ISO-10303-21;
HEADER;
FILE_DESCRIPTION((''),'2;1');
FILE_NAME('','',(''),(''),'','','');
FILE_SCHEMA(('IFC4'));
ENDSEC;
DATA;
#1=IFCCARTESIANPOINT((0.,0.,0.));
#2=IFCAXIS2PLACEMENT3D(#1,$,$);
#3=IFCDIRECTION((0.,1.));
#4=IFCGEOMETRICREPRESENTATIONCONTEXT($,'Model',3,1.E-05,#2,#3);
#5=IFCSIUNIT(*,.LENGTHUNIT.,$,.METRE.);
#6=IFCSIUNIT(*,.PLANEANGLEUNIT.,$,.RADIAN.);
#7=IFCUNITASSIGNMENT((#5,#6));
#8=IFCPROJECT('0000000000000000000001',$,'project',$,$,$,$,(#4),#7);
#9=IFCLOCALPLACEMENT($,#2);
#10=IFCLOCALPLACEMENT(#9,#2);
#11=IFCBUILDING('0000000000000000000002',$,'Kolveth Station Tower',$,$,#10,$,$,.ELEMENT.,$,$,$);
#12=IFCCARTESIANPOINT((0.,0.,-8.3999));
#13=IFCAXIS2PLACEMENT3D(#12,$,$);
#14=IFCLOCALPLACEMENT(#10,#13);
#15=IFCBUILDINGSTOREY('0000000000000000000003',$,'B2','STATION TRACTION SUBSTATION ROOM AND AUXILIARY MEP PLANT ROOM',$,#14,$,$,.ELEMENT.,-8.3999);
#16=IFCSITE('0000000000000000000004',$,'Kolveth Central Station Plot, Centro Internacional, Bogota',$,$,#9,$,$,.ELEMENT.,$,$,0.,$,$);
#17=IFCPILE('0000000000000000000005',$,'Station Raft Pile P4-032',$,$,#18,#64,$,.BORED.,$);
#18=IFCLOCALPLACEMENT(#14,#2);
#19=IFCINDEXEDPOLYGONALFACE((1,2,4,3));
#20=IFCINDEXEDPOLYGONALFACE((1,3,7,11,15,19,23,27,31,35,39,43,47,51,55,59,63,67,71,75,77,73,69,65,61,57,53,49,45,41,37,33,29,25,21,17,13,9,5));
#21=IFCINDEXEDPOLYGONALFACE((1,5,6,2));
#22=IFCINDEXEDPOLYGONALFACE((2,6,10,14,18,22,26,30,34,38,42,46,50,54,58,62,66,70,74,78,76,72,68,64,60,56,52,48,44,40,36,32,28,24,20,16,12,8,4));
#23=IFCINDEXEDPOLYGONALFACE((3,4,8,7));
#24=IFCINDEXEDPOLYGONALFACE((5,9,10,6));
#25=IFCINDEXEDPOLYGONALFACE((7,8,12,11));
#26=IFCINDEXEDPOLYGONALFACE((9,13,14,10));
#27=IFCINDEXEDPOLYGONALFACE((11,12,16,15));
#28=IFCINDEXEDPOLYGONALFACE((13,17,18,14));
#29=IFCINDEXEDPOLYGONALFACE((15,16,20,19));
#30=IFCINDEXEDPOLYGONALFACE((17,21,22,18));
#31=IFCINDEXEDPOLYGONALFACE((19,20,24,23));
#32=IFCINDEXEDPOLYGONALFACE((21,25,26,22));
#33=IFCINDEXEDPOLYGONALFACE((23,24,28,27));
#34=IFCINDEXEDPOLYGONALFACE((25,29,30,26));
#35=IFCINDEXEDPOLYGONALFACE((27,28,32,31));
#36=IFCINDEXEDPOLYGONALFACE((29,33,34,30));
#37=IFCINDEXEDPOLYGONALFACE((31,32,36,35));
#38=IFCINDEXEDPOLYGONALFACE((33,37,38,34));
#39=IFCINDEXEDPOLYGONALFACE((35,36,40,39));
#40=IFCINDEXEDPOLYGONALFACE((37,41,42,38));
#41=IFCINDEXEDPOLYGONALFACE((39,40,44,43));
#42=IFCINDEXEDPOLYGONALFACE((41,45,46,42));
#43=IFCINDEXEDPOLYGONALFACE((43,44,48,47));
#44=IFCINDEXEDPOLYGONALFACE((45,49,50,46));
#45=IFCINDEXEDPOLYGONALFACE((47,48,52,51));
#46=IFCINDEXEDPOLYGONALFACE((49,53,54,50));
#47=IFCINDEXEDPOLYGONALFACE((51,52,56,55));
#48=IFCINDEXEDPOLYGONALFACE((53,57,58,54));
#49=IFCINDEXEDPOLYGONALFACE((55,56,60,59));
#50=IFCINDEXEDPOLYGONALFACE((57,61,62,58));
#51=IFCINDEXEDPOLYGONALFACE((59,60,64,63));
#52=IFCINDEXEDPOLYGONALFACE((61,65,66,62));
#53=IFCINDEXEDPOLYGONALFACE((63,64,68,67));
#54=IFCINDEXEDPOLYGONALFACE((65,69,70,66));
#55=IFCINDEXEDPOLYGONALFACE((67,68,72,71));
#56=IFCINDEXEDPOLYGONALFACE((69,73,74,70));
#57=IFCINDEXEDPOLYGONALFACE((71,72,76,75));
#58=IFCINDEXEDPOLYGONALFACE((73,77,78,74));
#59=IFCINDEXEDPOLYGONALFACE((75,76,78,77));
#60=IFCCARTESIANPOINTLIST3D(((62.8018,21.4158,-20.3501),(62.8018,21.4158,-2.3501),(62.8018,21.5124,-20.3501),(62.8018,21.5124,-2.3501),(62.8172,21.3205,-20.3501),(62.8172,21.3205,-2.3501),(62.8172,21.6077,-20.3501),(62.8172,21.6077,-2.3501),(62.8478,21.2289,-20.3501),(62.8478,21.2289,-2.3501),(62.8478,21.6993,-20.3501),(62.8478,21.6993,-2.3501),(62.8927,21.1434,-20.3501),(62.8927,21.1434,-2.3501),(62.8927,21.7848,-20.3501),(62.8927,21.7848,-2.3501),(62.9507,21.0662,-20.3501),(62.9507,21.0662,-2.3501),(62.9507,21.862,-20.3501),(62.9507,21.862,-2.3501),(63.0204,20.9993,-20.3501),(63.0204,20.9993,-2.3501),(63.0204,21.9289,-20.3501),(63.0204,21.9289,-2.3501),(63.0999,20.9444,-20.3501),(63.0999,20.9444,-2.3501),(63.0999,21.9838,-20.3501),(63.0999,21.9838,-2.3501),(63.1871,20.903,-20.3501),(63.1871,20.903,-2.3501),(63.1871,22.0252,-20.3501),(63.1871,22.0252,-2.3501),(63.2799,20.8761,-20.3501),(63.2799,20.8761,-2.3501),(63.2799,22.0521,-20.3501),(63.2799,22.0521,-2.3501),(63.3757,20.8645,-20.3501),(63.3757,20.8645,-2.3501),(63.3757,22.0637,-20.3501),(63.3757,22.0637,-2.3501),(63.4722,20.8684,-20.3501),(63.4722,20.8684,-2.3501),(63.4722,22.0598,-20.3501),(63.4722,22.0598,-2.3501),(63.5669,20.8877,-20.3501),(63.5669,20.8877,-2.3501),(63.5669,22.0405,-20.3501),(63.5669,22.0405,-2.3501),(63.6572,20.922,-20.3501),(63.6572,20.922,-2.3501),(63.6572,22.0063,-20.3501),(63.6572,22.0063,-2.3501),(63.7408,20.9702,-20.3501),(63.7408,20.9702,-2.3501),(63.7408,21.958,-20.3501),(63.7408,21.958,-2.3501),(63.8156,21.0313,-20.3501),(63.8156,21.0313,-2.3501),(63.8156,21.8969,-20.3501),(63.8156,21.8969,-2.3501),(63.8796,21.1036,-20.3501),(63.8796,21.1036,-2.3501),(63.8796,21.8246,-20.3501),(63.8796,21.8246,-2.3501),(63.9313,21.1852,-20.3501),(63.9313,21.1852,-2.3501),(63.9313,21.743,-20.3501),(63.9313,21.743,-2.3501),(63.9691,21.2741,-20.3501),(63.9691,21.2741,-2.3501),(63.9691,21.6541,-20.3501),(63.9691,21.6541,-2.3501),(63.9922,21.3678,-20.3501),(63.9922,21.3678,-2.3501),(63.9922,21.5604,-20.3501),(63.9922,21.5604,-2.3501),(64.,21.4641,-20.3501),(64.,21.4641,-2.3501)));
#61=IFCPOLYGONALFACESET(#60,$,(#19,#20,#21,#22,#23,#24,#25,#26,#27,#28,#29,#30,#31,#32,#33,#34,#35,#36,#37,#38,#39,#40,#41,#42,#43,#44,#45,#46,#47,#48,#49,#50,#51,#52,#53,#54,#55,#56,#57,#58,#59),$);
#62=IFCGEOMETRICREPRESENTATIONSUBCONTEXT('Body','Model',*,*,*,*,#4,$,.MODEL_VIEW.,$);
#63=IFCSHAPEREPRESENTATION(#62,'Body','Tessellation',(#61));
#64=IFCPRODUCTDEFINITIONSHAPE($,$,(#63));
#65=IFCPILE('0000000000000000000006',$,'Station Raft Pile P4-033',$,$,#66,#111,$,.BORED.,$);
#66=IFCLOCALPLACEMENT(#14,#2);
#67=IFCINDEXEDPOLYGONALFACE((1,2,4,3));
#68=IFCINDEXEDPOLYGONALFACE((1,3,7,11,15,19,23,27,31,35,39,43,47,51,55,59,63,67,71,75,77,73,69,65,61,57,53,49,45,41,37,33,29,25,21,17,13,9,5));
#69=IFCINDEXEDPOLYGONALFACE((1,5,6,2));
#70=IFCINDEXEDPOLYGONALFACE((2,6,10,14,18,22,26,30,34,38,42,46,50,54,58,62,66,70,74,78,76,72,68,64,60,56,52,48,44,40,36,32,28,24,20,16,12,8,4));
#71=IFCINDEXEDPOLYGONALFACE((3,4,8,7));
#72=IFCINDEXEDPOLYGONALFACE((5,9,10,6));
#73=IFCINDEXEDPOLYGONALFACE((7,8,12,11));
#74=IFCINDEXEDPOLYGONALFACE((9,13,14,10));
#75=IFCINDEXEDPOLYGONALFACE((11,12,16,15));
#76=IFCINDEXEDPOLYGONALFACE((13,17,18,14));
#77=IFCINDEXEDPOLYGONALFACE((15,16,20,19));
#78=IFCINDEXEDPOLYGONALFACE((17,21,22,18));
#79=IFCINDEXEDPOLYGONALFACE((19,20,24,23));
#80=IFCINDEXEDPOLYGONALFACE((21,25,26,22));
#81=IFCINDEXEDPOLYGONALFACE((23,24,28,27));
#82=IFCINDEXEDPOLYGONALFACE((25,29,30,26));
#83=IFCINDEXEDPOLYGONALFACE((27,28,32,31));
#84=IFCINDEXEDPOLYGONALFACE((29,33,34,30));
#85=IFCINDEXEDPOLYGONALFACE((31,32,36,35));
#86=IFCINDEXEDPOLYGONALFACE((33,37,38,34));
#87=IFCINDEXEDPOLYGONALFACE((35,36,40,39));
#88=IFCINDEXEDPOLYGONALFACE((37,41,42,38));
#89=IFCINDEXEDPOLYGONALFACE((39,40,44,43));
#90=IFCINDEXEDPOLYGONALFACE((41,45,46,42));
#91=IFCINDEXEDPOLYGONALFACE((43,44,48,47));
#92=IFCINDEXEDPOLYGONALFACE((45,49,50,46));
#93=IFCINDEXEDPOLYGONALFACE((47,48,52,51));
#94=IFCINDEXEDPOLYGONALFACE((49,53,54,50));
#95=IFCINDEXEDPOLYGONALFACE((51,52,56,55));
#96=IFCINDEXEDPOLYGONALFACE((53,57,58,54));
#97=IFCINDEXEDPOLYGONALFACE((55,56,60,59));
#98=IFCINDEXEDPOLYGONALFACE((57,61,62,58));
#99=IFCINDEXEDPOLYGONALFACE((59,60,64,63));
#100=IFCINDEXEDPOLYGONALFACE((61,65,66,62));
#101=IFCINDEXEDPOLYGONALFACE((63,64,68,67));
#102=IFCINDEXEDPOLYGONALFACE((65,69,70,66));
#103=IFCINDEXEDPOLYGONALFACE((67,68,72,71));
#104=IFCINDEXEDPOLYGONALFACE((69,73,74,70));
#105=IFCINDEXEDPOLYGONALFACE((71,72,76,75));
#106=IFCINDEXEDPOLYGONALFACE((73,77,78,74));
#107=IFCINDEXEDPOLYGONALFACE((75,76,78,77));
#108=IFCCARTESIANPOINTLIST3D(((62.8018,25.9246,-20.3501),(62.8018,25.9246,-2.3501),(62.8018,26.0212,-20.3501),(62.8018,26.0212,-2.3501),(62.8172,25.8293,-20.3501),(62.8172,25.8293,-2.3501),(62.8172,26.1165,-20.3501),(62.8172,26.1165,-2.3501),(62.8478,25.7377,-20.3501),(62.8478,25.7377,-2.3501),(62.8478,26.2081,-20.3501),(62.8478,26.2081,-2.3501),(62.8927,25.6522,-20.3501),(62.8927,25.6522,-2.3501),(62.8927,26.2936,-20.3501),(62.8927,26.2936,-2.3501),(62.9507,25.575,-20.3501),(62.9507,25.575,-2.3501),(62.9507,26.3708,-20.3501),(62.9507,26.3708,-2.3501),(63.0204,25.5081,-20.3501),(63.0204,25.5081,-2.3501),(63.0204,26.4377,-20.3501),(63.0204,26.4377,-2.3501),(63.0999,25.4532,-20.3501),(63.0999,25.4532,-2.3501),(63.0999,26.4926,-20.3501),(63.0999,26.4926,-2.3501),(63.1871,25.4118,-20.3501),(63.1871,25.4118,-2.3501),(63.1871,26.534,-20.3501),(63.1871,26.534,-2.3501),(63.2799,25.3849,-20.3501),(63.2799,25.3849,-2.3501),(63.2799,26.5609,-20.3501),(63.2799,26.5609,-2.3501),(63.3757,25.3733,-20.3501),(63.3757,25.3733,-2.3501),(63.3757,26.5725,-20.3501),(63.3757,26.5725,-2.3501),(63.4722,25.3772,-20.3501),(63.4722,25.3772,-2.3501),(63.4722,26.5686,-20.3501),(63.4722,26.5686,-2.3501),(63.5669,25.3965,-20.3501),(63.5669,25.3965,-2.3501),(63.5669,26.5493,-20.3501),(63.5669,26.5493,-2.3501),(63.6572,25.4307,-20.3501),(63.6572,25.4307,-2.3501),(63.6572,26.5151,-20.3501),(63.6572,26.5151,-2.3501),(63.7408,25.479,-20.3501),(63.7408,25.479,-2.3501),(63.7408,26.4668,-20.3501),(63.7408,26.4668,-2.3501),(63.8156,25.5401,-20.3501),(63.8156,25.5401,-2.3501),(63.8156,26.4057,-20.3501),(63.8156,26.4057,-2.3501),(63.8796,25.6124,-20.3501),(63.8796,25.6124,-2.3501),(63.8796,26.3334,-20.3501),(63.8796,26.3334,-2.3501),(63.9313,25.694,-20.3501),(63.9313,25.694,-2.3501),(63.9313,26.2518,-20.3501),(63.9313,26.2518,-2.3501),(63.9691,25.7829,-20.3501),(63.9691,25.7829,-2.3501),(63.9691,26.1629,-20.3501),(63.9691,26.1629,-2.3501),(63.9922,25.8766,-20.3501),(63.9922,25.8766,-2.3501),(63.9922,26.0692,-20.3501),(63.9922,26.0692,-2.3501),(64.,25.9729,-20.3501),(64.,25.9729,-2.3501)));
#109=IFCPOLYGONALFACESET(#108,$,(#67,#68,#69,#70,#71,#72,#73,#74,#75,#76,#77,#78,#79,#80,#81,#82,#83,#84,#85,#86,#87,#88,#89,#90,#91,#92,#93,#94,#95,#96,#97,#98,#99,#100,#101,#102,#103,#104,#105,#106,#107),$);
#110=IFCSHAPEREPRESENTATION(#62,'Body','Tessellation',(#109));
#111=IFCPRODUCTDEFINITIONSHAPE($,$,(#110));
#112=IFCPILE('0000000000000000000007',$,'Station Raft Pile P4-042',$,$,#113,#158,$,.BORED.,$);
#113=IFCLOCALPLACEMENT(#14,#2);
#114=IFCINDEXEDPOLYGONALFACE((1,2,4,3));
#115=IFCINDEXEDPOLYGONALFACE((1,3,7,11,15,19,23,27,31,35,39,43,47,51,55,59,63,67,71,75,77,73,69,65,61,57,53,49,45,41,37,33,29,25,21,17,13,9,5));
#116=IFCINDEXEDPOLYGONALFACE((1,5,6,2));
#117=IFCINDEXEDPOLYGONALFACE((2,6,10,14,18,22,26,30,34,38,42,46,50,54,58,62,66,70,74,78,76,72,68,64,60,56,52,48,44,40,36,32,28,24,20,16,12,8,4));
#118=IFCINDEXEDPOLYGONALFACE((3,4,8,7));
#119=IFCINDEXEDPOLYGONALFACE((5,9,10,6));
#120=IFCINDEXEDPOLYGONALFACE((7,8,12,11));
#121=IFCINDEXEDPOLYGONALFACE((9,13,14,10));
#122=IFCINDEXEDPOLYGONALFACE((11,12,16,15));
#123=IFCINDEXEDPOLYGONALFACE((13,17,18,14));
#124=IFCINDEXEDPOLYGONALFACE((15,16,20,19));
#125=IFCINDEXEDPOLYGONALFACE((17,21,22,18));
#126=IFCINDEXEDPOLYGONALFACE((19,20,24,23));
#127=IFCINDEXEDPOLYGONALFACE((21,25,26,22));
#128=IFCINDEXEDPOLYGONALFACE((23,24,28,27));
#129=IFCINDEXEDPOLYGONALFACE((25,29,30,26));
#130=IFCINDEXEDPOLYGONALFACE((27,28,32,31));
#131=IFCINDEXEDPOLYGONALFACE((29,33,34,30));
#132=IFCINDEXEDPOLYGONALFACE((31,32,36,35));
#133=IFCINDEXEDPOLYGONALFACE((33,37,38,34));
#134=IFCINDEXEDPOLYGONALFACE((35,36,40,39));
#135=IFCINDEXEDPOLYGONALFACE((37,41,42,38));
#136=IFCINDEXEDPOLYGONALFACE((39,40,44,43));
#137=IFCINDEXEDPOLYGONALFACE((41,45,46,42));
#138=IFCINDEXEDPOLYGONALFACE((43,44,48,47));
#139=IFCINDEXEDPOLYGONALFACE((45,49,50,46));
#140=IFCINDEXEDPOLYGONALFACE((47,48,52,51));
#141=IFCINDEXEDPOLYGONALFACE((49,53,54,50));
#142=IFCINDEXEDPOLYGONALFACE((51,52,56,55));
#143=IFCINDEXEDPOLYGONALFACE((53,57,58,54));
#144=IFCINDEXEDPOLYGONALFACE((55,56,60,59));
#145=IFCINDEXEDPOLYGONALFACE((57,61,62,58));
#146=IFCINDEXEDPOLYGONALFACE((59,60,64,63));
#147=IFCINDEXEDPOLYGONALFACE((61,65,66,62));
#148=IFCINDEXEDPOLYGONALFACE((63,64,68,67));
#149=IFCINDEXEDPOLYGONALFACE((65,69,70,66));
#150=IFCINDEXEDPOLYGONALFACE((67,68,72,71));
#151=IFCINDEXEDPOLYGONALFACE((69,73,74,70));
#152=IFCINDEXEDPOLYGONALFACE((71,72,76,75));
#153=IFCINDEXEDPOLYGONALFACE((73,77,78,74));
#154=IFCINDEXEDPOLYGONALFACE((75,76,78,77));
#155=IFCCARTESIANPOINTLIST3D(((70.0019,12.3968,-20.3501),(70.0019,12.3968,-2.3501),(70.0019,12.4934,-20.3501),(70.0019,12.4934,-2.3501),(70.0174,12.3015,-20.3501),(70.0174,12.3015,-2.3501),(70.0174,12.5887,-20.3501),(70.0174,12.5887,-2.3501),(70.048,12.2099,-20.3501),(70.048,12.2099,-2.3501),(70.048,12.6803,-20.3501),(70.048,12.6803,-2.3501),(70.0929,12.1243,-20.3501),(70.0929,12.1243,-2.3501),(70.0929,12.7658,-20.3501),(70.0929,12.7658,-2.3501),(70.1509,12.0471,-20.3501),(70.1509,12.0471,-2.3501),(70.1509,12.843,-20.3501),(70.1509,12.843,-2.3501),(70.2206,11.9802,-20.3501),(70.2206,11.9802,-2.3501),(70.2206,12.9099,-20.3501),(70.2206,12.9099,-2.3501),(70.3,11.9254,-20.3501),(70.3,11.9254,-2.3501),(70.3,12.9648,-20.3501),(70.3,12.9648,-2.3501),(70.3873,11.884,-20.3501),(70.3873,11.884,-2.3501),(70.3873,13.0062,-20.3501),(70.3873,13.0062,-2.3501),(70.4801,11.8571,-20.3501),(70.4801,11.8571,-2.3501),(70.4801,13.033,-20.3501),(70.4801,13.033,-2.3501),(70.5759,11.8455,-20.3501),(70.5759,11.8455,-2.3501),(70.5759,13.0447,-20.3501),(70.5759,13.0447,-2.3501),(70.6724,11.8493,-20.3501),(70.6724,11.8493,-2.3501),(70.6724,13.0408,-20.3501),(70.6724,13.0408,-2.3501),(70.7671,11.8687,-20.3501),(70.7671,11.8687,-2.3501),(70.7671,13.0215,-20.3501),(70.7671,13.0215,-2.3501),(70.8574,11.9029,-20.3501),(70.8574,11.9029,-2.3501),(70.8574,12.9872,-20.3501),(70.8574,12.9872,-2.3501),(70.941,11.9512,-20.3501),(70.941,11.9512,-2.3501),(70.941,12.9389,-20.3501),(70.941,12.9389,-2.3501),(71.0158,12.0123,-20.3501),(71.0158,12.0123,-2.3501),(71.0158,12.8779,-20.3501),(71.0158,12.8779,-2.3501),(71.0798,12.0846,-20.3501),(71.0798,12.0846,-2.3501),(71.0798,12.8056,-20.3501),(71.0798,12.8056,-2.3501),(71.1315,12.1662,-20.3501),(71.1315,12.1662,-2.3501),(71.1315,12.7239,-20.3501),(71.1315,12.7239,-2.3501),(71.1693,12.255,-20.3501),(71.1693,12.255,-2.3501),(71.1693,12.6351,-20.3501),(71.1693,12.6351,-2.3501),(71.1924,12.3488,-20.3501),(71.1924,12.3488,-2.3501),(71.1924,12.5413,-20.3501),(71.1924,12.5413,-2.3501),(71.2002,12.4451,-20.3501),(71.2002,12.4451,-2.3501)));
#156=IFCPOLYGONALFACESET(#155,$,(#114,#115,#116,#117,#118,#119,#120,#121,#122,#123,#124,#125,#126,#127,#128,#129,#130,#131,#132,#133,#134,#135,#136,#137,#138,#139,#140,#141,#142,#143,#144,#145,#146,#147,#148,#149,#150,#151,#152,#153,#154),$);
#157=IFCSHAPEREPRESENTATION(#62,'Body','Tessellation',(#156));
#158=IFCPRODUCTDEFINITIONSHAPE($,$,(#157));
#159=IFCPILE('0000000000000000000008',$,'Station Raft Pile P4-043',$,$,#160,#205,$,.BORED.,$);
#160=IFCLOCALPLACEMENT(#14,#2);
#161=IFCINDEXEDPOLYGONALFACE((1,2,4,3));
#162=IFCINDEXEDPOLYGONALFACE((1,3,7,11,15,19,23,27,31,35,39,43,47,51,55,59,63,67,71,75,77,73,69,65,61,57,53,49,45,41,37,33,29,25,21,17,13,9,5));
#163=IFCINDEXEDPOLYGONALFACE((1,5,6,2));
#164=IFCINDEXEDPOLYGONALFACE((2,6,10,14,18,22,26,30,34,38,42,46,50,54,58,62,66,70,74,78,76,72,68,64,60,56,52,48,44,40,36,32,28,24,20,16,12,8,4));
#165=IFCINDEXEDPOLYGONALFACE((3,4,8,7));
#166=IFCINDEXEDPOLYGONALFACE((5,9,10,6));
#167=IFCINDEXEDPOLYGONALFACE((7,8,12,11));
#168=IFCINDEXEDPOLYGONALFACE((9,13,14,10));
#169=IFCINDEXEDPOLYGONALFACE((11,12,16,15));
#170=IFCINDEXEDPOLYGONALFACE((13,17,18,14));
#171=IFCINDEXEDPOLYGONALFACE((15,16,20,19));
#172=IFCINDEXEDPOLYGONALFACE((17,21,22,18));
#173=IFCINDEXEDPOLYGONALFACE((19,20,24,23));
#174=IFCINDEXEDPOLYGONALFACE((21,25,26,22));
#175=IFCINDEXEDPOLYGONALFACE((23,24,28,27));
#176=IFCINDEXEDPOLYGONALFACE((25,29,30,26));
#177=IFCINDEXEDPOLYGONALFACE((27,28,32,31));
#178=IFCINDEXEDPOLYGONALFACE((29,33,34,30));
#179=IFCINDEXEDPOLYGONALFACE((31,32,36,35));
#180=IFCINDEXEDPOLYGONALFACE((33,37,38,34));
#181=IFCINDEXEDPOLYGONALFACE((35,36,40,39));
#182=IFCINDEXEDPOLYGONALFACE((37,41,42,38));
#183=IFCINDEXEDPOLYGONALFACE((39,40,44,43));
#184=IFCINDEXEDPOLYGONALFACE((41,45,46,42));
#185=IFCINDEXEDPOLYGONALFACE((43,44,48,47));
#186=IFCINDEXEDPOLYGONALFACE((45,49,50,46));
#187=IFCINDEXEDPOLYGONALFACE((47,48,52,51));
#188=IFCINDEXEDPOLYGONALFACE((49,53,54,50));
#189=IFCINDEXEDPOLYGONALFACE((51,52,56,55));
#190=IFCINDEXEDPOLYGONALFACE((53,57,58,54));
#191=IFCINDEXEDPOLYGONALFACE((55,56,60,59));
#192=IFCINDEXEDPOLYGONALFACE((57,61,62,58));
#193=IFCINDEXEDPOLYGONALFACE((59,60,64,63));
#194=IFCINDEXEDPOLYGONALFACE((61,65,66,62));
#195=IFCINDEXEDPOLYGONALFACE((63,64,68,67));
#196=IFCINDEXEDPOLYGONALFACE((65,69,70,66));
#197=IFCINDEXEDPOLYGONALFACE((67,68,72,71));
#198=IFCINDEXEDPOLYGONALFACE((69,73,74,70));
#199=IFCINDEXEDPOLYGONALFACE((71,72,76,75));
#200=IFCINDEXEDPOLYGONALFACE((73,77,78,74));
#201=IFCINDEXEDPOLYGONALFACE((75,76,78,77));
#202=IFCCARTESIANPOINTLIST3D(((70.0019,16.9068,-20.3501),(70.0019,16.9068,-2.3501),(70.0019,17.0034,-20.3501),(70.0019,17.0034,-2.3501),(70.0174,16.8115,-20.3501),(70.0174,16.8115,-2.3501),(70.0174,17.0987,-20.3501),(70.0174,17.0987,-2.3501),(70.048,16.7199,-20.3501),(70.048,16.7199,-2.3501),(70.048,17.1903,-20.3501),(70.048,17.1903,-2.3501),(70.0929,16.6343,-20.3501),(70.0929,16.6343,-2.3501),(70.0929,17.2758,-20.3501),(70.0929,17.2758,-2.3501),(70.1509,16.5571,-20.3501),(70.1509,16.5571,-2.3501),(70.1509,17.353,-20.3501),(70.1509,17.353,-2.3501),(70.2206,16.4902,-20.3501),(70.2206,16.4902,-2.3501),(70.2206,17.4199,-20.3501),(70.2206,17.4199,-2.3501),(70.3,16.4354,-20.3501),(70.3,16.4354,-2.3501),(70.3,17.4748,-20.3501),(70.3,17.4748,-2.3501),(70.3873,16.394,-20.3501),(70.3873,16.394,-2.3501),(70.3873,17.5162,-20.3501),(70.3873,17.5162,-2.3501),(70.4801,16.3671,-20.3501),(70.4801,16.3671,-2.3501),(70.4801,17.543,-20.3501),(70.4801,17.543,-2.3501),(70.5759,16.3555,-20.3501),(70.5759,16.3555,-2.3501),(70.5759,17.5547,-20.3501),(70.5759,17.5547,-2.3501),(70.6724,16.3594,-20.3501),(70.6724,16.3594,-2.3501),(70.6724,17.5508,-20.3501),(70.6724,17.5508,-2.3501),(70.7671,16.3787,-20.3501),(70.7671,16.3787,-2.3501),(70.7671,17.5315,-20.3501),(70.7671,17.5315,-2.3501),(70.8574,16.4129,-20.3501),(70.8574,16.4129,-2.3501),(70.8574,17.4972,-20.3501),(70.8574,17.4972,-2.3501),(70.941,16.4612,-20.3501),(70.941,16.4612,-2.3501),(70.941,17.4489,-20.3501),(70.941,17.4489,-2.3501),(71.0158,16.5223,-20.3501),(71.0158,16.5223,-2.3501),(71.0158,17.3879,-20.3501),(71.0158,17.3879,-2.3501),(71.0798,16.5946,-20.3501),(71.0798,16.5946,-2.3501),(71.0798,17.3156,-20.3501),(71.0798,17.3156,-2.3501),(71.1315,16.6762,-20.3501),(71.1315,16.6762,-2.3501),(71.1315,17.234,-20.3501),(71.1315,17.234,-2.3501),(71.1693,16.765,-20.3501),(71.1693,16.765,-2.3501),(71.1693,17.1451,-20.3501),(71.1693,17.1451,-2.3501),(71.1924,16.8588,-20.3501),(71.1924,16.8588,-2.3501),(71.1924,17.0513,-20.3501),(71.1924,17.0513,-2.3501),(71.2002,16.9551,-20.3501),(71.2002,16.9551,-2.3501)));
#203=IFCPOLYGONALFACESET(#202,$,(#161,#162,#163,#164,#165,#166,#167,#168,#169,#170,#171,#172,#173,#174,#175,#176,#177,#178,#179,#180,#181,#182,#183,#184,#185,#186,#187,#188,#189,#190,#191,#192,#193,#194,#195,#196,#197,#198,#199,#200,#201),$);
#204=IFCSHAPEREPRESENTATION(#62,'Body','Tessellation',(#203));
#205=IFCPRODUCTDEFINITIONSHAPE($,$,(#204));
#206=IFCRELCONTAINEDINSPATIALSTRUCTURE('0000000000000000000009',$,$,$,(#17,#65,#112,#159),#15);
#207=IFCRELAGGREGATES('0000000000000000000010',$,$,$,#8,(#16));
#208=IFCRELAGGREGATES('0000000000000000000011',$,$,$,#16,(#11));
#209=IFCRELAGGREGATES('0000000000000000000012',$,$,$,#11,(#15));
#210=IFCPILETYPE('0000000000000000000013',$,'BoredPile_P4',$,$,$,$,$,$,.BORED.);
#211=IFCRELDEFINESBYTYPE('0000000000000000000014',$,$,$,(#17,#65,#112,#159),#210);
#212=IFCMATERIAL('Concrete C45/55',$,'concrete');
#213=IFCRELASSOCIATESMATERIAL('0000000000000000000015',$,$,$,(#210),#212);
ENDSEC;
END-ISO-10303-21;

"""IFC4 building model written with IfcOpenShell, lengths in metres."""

from ifc_helpers import new_model, si_unit, direction, frame, origin, origin_2d, place, context, subcontext, project, spatial, circle, extrude, source, transform, mapped, material, material_profile, profile_set, type_object, element, save


model = new_model("IFC4")

# Units and contexts
model_context = context("Model", 3, precision=1e-05, world=origin(), true_north=direction((0.0, 1.0)))
body_context = subcontext(model_context, "Body", "Model", "MODEL_VIEW")
ifc_project = project(units=[si_unit("LENGTHUNIT", "METRE"), si_unit("PLANEANGLEUNIT", "RADIAN")], contexts=[model_context])

# Site, building, storey
site_placement = place(None, origin())
site = spatial("IfcSite", under=ifc_project, at=site_placement, Name="Kolveth Central Station Plot, Centro Internacional, Bogota", CompositionType="ELEMENT", RefElevation=0.0)
building_placement = place(site_placement, origin())
building = spatial("IfcBuilding", under=site, at=building_placement, Name="Kolveth Station Tower", CompositionType="ELEMENT")
storey_placement = place(building_placement, frame((0.0, 0.0, -8.3999)))
storey = spatial("IfcBuildingStorey", under=building, at=storey_placement, Name="B2", Description="STATION TRACTION SUBSTATION ROOM AND AUXILIARY MEP PLANT ROOM", CompositionType="ELEMENT", Elevation=-8.3999)

# Piles
ifc_material_1 = material(Name="Concrete C45/55", Category="concrete")
ifc_material_profile_1 = material_profile(ifc_material_1, circle(Radius=0.6001, at=origin_2d()), Name="PILE-D1200")
ifc_profile_set_1 = profile_set([ifc_material_profile_1], Name="Concrete C45/55")
pile_type = type_object("IfcPileType", Name="BoredPile_P4", PredefinedType="BORED", material=ifc_profile_set_1)
shared_shape_1 = source(origin(), body_context, "Body", "SweptSolid", [
    extrude(circle(Radius=0.6001, at=origin_2d()), origin(), (0.0, 0.0, 1.0), 18.0),
])
for number, where, z_axis, x_axis, name in (
    (1, (63.3999, 21.4641, -2.3501), (0.0, 0.0, -1.0), (1.0, 0.0, 0.0), "Station Raft Pile P4-032"),
    (2, (63.3999, 25.9729, -2.3501), (0.0, 0.0, -1.0), (1.0, 0.0, 0.0), "Station Raft Pile P4-033"),
    (3, (70.6001, 12.4451, -2.3501), (0.0, 0.0, -1.0), (1.0, 0.0, 0.0), "Station Raft Pile P4-042"),
    (4, (70.6001, 16.9551, -2.3501), (0.0, 0.0, -1.0), (1.0, 0.0, 0.0), "Station Raft Pile P4-043"),
):
    element("IfcPile", number, at=place(storey_placement, frame(where, z_axis=z_axis, x_axis=x_axis)), inside=storey, type_object=pile_type, Name=name, PredefinedType="BORED", context=body_context, shape_type="MappedRepresentation", body=[
        mapped(shared_shape_1, transform((0.0, 0.0, 0.0), x_axis=(1.0, 0.0, 0.0), y_axis=(0.0, 1.0, 0.0), z_axis=(0.0, 0.0, 1.0), scale=1.0)),
    ])

save(model, "model.ifc")
